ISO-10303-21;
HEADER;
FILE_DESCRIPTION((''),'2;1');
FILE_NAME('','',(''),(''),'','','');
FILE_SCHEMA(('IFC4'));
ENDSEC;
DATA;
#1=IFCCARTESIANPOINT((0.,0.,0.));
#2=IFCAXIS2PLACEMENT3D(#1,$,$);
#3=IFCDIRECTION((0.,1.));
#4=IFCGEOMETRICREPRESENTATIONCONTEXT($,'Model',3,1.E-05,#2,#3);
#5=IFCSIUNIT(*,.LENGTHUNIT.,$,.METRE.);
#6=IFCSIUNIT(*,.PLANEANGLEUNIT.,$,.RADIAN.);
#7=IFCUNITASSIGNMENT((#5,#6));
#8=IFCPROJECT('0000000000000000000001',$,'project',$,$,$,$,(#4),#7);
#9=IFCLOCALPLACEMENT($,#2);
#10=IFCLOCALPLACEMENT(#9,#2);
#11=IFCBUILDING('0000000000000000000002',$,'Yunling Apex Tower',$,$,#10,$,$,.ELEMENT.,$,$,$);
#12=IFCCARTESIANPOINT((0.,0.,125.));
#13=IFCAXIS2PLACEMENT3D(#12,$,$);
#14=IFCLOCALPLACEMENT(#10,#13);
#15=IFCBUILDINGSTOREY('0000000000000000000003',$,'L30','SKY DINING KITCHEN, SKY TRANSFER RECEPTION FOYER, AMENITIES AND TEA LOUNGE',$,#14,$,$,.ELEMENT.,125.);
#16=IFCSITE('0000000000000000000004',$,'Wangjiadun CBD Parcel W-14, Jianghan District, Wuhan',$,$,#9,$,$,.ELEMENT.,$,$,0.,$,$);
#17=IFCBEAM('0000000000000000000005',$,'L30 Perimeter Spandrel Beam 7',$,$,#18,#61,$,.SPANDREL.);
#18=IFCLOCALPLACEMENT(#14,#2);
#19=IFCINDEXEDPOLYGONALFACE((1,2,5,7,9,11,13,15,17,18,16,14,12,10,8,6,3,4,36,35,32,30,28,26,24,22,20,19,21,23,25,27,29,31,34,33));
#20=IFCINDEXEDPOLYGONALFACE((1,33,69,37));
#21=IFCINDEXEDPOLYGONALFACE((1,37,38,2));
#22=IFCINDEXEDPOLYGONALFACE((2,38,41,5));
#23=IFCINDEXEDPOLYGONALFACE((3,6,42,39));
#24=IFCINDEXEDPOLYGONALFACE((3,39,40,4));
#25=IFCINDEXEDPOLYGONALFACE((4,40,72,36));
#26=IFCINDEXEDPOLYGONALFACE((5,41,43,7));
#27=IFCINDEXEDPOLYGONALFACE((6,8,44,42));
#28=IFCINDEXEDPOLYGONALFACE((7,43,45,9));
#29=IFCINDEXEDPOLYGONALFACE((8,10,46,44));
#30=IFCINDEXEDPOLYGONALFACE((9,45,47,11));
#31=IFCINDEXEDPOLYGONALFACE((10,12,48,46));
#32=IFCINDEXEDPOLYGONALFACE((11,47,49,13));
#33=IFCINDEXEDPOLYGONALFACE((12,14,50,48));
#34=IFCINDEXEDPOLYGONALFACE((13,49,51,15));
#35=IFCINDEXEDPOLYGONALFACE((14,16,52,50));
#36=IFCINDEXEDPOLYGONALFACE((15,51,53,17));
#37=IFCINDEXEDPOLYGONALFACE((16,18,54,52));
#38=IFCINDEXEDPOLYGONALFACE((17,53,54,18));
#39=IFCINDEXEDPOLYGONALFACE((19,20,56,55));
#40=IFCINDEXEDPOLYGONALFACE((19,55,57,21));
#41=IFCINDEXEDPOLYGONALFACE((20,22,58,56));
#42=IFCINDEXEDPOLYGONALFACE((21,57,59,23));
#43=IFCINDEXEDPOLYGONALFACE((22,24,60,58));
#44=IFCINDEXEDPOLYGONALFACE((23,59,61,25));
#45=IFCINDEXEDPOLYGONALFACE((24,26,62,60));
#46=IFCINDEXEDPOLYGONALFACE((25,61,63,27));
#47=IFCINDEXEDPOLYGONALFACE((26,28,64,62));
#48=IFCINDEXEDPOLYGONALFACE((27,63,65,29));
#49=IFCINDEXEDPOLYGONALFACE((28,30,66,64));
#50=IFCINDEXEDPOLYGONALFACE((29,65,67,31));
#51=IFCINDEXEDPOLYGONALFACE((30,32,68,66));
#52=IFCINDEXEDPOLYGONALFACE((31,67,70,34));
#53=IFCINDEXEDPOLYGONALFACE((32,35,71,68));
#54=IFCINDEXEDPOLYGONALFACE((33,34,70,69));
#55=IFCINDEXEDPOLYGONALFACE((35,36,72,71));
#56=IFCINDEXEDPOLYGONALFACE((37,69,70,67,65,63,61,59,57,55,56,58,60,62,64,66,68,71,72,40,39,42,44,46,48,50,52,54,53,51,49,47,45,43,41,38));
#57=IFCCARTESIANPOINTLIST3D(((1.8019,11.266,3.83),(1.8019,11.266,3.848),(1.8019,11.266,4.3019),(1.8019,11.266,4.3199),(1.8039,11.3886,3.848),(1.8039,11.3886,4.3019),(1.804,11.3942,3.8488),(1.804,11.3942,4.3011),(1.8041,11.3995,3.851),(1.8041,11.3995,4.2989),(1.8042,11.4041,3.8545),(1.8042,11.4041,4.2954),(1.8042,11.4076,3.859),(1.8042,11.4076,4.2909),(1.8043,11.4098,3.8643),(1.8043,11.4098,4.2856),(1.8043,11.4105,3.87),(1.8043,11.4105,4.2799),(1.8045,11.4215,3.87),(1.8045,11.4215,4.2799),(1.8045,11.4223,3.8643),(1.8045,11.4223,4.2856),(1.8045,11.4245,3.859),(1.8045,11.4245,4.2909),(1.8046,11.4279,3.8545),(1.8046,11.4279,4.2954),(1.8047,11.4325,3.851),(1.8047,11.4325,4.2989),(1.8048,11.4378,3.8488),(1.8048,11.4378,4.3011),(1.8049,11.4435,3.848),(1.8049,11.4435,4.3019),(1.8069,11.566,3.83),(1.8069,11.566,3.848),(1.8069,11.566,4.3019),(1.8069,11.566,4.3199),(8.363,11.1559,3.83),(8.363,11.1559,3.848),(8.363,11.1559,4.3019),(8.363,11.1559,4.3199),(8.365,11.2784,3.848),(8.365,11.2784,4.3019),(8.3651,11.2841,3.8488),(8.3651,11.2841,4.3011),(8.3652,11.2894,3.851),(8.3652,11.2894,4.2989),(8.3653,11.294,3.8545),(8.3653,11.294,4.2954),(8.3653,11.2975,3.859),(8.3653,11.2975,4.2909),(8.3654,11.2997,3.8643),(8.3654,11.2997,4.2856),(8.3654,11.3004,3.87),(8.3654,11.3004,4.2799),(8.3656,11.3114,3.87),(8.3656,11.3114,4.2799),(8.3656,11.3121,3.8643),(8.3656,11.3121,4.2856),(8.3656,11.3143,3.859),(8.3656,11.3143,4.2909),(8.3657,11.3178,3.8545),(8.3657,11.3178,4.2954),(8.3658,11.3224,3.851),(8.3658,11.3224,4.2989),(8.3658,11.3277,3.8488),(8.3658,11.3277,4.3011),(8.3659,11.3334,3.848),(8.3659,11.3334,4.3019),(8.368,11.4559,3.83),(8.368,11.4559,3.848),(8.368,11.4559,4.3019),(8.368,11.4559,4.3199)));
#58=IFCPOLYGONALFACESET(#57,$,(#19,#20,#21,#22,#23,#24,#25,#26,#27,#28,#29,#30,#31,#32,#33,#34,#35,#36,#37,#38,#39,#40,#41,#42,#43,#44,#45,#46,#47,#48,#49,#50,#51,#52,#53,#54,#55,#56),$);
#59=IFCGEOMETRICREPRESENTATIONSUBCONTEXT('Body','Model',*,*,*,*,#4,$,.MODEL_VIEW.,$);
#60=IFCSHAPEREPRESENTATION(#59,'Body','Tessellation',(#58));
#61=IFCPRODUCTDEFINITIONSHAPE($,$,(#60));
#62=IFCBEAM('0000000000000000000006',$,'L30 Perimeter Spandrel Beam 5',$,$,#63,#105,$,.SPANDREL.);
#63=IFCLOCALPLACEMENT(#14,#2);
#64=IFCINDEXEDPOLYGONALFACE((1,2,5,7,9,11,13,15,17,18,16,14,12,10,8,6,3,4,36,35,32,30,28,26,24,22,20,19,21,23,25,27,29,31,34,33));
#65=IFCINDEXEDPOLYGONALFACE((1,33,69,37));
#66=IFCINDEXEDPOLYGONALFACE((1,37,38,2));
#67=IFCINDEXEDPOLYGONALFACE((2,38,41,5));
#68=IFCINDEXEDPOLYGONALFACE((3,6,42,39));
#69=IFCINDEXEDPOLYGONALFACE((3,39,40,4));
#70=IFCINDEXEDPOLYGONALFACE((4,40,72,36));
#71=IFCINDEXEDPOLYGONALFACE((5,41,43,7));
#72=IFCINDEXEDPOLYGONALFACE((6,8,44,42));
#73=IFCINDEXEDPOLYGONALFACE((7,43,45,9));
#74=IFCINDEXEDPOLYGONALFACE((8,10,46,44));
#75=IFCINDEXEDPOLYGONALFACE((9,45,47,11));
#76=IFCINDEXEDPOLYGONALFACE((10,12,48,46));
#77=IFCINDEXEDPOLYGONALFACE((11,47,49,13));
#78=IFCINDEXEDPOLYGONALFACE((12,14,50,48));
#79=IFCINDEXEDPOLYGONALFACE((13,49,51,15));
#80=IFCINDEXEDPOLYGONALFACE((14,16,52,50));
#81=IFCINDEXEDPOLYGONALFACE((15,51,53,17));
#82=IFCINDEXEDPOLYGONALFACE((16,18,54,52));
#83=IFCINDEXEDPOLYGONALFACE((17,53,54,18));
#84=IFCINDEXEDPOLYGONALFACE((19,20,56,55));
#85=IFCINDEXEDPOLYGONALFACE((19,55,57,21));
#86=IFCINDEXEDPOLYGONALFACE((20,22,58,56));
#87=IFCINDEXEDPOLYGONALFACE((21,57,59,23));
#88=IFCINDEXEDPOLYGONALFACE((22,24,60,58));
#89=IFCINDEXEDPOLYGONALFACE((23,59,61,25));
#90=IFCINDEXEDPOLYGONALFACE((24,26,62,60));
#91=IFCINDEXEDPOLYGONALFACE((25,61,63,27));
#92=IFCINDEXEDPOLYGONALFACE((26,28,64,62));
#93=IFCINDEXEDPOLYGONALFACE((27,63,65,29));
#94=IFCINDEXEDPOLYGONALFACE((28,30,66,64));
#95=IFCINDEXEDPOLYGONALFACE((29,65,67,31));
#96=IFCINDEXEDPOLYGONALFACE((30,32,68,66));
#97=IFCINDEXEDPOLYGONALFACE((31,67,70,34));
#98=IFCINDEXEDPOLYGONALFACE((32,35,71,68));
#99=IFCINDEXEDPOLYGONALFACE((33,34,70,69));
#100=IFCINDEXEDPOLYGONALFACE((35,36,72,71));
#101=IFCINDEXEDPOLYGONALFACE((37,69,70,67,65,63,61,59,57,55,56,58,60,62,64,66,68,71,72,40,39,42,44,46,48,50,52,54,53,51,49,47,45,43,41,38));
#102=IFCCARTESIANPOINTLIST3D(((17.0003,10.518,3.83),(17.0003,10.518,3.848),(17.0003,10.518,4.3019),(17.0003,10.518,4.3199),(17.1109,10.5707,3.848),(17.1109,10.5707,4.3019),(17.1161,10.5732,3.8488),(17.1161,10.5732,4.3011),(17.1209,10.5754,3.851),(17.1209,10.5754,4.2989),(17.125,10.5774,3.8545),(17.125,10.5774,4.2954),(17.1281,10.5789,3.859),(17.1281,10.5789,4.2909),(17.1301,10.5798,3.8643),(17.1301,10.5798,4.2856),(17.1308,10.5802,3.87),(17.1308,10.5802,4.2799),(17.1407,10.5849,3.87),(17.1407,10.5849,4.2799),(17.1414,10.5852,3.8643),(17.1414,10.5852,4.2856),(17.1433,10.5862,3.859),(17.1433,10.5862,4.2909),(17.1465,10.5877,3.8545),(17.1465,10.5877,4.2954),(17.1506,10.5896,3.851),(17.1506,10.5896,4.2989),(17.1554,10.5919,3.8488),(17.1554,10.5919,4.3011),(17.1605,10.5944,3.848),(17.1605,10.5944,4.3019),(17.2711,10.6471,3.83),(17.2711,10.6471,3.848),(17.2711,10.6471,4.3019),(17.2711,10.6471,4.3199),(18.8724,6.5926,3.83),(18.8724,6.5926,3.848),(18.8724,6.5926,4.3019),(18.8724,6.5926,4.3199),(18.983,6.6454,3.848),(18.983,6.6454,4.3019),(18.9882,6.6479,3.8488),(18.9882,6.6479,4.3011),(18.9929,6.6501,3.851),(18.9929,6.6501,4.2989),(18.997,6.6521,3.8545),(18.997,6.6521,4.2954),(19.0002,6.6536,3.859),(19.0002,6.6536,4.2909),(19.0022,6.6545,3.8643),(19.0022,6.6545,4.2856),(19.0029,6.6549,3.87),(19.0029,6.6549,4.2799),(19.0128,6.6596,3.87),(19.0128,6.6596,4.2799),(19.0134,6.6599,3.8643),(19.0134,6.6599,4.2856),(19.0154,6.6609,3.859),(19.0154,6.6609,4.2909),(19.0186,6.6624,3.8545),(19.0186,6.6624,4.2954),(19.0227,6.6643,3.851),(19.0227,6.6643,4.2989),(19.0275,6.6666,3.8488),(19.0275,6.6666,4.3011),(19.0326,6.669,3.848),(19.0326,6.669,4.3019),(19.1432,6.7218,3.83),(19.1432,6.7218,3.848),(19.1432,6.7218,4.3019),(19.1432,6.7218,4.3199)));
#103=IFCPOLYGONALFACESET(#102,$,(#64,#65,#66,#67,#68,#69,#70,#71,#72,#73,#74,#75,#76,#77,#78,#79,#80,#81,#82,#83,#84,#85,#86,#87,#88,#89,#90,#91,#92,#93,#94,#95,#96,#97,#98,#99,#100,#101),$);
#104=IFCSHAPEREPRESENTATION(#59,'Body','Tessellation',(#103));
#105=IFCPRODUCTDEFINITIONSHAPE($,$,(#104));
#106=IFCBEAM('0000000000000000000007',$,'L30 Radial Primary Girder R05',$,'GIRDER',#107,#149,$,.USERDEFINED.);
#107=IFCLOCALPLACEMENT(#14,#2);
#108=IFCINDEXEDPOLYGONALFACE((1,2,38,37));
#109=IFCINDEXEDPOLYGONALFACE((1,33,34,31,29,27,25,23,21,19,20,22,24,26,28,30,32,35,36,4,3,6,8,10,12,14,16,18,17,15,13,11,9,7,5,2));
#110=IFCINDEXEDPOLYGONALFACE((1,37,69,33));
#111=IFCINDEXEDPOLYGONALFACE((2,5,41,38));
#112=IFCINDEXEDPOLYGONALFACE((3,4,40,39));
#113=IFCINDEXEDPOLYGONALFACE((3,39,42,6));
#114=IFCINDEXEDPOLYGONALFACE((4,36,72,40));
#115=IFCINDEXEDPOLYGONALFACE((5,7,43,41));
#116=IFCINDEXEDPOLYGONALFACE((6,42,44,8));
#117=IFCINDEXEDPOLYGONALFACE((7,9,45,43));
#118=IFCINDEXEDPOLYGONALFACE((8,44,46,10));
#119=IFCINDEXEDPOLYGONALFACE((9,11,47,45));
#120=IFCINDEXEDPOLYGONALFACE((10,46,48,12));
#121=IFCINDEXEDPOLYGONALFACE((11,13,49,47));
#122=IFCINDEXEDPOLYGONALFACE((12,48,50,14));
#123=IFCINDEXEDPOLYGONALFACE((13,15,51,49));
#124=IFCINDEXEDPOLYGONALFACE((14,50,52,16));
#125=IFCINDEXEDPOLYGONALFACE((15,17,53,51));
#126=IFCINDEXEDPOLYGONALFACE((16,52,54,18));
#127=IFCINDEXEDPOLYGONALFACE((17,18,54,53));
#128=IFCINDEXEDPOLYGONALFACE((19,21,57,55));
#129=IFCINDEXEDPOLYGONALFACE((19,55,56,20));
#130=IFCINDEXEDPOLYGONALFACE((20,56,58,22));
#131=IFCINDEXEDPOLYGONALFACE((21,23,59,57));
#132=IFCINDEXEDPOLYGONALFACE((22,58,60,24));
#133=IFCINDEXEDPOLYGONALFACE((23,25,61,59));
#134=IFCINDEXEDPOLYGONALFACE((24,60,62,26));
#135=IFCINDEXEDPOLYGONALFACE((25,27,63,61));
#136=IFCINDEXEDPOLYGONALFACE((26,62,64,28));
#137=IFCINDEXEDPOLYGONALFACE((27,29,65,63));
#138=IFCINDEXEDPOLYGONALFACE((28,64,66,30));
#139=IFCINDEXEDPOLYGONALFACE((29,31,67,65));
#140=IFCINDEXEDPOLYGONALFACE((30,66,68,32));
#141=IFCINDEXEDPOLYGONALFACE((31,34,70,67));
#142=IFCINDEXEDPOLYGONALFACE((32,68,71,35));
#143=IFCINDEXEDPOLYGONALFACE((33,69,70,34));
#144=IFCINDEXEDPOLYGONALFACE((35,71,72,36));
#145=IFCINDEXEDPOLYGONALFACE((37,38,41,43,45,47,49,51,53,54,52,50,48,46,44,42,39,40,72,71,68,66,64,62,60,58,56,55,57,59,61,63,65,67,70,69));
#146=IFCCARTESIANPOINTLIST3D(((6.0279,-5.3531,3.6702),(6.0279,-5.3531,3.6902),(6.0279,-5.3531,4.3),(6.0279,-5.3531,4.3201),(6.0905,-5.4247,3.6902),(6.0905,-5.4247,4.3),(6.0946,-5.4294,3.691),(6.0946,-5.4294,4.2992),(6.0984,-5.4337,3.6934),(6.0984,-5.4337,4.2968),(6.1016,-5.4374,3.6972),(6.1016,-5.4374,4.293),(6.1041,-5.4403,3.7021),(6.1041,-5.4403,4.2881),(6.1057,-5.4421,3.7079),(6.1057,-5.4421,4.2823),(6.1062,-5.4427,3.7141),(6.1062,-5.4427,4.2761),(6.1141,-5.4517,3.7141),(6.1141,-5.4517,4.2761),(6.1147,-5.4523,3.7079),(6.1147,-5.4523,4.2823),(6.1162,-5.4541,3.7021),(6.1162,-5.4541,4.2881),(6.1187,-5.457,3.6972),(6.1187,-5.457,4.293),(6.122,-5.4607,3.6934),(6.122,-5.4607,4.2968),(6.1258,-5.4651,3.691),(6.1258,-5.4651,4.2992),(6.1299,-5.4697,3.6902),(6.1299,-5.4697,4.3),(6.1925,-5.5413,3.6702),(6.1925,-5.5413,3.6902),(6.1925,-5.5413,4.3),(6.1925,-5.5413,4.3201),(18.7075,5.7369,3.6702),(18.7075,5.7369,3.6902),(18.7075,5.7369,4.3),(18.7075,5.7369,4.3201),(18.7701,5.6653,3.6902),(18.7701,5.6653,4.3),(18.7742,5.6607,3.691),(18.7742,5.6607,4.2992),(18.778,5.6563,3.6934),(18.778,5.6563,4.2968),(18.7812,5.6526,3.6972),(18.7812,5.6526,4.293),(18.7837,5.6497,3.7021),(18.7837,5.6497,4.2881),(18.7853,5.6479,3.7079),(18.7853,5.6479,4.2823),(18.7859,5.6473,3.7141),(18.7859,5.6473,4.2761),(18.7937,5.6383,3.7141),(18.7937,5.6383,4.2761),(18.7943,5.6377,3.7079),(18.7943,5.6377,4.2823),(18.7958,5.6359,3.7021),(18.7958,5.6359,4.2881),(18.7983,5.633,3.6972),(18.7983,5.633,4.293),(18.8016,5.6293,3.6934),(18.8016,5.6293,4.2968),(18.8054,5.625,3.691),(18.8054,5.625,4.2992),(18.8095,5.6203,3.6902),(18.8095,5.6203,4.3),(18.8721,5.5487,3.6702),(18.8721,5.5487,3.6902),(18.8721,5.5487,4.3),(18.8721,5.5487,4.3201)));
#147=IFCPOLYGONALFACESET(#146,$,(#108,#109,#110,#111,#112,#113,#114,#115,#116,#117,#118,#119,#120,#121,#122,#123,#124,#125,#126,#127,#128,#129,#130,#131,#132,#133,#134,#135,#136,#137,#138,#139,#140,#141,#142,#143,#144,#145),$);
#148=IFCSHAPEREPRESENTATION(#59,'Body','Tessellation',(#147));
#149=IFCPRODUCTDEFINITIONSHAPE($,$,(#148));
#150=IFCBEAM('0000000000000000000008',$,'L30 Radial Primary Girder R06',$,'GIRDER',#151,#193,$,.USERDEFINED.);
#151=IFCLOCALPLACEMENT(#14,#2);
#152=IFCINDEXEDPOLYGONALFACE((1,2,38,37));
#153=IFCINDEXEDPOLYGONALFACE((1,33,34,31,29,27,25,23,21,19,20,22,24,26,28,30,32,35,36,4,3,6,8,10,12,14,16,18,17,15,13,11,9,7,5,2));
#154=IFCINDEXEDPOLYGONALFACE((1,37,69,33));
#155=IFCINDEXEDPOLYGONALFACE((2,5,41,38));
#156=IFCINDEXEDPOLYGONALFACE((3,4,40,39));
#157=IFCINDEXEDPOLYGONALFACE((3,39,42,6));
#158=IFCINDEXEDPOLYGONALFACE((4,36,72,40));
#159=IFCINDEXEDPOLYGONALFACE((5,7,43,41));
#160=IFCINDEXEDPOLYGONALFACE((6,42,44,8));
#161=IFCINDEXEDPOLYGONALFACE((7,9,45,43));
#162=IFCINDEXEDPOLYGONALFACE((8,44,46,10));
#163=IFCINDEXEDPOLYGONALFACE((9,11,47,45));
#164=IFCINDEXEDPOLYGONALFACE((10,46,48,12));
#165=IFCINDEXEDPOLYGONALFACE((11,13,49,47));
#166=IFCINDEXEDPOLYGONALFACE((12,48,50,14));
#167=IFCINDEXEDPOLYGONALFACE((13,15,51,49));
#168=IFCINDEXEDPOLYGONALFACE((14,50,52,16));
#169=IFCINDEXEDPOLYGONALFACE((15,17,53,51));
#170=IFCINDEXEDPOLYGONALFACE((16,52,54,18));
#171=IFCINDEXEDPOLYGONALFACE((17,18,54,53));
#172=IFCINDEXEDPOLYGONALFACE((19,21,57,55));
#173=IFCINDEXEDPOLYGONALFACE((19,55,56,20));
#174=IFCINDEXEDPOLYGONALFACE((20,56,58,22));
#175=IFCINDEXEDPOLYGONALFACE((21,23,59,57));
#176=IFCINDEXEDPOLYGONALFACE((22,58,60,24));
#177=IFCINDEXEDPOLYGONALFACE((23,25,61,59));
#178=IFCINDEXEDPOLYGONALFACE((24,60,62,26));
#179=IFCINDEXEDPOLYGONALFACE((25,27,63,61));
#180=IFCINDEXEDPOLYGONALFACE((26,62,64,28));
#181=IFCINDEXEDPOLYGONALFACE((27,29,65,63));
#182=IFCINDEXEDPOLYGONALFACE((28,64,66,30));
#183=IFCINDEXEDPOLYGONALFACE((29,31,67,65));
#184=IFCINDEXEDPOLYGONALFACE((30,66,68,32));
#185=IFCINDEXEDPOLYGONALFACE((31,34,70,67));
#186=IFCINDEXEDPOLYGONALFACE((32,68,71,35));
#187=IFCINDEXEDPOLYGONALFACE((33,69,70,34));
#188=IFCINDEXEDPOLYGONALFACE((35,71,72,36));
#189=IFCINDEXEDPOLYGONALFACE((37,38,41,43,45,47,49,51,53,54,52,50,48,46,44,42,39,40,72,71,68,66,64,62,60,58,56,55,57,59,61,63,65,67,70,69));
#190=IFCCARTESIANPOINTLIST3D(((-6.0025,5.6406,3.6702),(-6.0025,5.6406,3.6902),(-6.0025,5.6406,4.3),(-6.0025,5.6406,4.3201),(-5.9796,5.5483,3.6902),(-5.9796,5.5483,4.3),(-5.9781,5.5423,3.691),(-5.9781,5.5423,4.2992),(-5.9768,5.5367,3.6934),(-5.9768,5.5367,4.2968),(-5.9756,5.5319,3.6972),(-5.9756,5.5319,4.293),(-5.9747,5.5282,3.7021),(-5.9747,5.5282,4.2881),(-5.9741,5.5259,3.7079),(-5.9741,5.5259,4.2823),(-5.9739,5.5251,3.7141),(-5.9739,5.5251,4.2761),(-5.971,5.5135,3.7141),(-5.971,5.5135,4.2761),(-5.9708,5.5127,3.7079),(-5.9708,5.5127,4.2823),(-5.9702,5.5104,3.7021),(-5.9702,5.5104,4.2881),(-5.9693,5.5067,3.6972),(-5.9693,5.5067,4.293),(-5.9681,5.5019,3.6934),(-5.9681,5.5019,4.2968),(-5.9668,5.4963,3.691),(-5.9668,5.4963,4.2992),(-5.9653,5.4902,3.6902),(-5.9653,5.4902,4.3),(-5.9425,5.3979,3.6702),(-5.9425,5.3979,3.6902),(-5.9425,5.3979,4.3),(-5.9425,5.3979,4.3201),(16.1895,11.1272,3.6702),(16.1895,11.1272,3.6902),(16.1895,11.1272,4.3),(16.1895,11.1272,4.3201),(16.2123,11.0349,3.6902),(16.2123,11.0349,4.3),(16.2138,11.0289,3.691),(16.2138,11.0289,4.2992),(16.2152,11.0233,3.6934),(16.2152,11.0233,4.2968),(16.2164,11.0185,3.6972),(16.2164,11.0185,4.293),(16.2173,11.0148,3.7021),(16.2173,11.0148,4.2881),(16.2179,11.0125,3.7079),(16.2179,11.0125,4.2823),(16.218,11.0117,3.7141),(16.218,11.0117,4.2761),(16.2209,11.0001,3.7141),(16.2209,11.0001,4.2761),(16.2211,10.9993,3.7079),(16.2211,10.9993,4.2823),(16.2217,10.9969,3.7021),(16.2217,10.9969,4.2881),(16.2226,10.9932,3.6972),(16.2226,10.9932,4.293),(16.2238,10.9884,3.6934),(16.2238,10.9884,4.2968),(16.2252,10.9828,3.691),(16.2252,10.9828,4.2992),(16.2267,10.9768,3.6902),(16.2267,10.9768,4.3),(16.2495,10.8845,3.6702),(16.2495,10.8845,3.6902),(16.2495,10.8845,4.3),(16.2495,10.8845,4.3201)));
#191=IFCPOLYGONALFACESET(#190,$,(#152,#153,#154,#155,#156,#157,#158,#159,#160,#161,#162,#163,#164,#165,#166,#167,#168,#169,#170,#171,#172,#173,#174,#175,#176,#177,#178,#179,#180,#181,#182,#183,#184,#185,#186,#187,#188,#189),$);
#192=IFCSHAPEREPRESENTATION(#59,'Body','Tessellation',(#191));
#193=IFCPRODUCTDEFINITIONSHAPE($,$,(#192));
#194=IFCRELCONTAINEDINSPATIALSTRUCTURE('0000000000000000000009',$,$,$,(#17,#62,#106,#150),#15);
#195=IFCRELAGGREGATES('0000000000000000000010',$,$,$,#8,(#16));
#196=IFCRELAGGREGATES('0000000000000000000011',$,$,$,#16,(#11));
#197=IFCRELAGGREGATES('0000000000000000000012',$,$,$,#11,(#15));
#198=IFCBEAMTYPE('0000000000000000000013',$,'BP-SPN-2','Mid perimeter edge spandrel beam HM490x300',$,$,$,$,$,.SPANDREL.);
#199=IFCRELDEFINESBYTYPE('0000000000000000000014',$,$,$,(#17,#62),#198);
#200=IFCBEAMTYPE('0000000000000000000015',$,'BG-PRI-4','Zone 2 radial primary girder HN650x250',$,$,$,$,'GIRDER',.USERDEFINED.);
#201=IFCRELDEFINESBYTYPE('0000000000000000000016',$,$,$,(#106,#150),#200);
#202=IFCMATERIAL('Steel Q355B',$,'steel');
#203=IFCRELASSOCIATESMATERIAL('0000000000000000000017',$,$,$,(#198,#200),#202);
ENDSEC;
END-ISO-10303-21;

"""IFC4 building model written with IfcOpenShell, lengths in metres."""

from ifc_helpers import new_model, si_unit, direction, frame, origin, origin_2d, place, context, subcontext, project, spatial, i_section, extrude, source, transform, mapped, material, material_profile, profile_set, type_object, element, save


model = new_model("IFC4")

# Units and contexts
model_context = context("Model", 3, precision=1e-05, world=origin(), true_north=direction((0.0, 1.0)))
body_context = subcontext(model_context, "Body", "Model", "MODEL_VIEW")
ifc_project = project(units=[si_unit("LENGTHUNIT", "METRE"), si_unit("PLANEANGLEUNIT", "RADIAN")], contexts=[model_context])

# Site, building, storey
site_placement = place(None, origin())
site = spatial("IfcSite", under=ifc_project, at=site_placement, Name="Wangjiadun CBD Parcel W-14, Jianghan District, Wuhan", CompositionType="ELEMENT", RefElevation=0.0)
building_placement = place(site_placement, origin())
building = spatial("IfcBuilding", under=site, at=building_placement, Name="Yunling Apex Tower", CompositionType="ELEMENT")
storey_placement = place(building_placement, frame((0.0, 0.0, 125.0)))
storey = spatial("IfcBuildingStorey", under=building, at=storey_placement, Name="L30", Description="SKY DINING KITCHEN, SKY TRANSFER RECEPTION FOYER, AMENITIES AND TEA LOUNGE", CompositionType="ELEMENT", Elevation=125.0)

# Beams
ifc_material_1 = material(Name="Steel Q355B", Category="steel")
ifc_material_profile_1 = material_profile(ifc_material_1, i_section(OverallWidth=0.3, OverallDepth=0.49, WebThickness=0.011, FlangeThickness=0.0181, FilletRadius=0.022, at=origin_2d()))
ifc_profile_set_1 = profile_set([ifc_material_profile_1], Name="Steel Q355B")
beam_type_1 = type_object("IfcBeamType", Name="BP-SPN-2", Description="Mid perimeter edge spandrel beam HM490x300", PredefinedType="SPANDREL", material=ifc_profile_set_1)
shared_shape_1 = source(origin(), body_context, "Body", "SweptSolid", [
    extrude(i_section(OverallWidth=0.3, OverallDepth=0.49, WebThickness=0.011, FlangeThickness=0.0181, FilletRadius=0.022, at=origin_2d()), origin(), (0.0, 0.0, 1.0), 6.562),
])
beam_1_placement = place(storey_placement, frame((8.3655, 11.3059, 4.075), z_axis=(-0.999859, 0.01678, 0.0), x_axis=(-0.01678, -0.999859, 0.0)))
element("IfcBeam", 1, at=beam_1_placement, inside=storey, type_object=beam_type_1, Name="L30 Perimeter Spandrel Beam 7", PredefinedType="SPANDREL", context=body_context, shape_type="MappedRepresentation", body=[
    mapped(shared_shape_1, transform((0.0, 0.0, 0.0), scale=1.0)),
])
shared_shape_2 = source(origin(), body_context, "Body", "SweptSolid", [
    extrude(i_section(OverallWidth=0.3, OverallDepth=0.49, WebThickness=0.011, FlangeThickness=0.0181, FilletRadius=0.022, at=origin_2d()), origin(), (0.0, 0.0, 1.0), 4.3489),
])
beam_2_placement = place(storey_placement, frame((19.0078, 6.6572, 4.075), z_axis=(-0.430474, 0.902603, 0.0), x_axis=(-0.902603, -0.430474, 0.0)))
element("IfcBeam", 2, at=beam_2_placement, inside=storey, type_object=beam_type_1, Name="L30 Perimeter Spandrel Beam 5", PredefinedType="SPANDREL", context=body_context, shape_type="MappedRepresentation", body=[
    mapped(shared_shape_2, transform((0.0, 0.0, 0.0), scale=1.0)),
])
ifc_material_profile_2 = material_profile(ifc_material_1, i_section(OverallWidth=0.25, OverallDepth=0.6499, WebThickness=0.012, FlangeThickness=0.02, FilletRadius=0.0239, at=origin_2d()))
ifc_profile_set_2 = profile_set([ifc_material_profile_2], Name="Steel Q355B")
beam_type_2 = type_object("IfcBeamType", Name="BG-PRI-4", Description="Zone 2 radial primary girder HN650x250", ElementType="GIRDER", PredefinedType="USERDEFINED", material=ifc_profile_set_2)
shared_shape_3 = source(origin(), body_context, "Body", "SweptSolid", [
    extrude(i_section(OverallWidth=0.25, OverallDepth=0.6499, WebThickness=0.012, FlangeThickness=0.02, FilletRadius=0.0239, at=origin_2d()), origin(), (0.0, 0.0, 1.0), 16.8452),
])
beam_3_placement = place(storey_placement, frame((18.7898, 5.6428, 3.9951), z_axis=(-0.752713, -0.658349, 0.0), x_axis=(0.658349, -0.752713, 0.0)))
element("IfcBeam", 3, at=beam_3_placement, inside=storey, type_object=beam_type_2, Name="L30 Radial Primary Girder R05", ObjectType="GIRDER", PredefinedType="USERDEFINED", context=body_context, shape_type="MappedRepresentation", body=[
    mapped(shared_shape_3, transform((0.0, 0.0, 0.0), scale=1.0)),
])
shared_shape_4 = source(origin(), body_context, "Body", "SweptSolid", [
    extrude(i_section(OverallWidth=0.25, OverallDepth=0.6499, WebThickness=0.012, FlangeThickness=0.02, FilletRadius=0.0239, at=origin_2d()), origin(), (0.0, 0.0, 1.0), 22.8601),
])
beam_4_placement = place(storey_placement, frame((16.2195, 11.0059, 3.9951), z_axis=(-0.970771, -0.240007, 0.0), x_axis=(0.240007, -0.970771, 0.0)))
element("IfcBeam", 4, at=beam_4_placement, inside=storey, type_object=beam_type_2, Name="L30 Radial Primary Girder R06", ObjectType="GIRDER", PredefinedType="USERDEFINED", context=body_context, shape_type="MappedRepresentation", body=[
    mapped(shared_shape_4, transform((0.0, 0.0, 0.0), scale=1.0)),
])

save(model, "model.ifc")
